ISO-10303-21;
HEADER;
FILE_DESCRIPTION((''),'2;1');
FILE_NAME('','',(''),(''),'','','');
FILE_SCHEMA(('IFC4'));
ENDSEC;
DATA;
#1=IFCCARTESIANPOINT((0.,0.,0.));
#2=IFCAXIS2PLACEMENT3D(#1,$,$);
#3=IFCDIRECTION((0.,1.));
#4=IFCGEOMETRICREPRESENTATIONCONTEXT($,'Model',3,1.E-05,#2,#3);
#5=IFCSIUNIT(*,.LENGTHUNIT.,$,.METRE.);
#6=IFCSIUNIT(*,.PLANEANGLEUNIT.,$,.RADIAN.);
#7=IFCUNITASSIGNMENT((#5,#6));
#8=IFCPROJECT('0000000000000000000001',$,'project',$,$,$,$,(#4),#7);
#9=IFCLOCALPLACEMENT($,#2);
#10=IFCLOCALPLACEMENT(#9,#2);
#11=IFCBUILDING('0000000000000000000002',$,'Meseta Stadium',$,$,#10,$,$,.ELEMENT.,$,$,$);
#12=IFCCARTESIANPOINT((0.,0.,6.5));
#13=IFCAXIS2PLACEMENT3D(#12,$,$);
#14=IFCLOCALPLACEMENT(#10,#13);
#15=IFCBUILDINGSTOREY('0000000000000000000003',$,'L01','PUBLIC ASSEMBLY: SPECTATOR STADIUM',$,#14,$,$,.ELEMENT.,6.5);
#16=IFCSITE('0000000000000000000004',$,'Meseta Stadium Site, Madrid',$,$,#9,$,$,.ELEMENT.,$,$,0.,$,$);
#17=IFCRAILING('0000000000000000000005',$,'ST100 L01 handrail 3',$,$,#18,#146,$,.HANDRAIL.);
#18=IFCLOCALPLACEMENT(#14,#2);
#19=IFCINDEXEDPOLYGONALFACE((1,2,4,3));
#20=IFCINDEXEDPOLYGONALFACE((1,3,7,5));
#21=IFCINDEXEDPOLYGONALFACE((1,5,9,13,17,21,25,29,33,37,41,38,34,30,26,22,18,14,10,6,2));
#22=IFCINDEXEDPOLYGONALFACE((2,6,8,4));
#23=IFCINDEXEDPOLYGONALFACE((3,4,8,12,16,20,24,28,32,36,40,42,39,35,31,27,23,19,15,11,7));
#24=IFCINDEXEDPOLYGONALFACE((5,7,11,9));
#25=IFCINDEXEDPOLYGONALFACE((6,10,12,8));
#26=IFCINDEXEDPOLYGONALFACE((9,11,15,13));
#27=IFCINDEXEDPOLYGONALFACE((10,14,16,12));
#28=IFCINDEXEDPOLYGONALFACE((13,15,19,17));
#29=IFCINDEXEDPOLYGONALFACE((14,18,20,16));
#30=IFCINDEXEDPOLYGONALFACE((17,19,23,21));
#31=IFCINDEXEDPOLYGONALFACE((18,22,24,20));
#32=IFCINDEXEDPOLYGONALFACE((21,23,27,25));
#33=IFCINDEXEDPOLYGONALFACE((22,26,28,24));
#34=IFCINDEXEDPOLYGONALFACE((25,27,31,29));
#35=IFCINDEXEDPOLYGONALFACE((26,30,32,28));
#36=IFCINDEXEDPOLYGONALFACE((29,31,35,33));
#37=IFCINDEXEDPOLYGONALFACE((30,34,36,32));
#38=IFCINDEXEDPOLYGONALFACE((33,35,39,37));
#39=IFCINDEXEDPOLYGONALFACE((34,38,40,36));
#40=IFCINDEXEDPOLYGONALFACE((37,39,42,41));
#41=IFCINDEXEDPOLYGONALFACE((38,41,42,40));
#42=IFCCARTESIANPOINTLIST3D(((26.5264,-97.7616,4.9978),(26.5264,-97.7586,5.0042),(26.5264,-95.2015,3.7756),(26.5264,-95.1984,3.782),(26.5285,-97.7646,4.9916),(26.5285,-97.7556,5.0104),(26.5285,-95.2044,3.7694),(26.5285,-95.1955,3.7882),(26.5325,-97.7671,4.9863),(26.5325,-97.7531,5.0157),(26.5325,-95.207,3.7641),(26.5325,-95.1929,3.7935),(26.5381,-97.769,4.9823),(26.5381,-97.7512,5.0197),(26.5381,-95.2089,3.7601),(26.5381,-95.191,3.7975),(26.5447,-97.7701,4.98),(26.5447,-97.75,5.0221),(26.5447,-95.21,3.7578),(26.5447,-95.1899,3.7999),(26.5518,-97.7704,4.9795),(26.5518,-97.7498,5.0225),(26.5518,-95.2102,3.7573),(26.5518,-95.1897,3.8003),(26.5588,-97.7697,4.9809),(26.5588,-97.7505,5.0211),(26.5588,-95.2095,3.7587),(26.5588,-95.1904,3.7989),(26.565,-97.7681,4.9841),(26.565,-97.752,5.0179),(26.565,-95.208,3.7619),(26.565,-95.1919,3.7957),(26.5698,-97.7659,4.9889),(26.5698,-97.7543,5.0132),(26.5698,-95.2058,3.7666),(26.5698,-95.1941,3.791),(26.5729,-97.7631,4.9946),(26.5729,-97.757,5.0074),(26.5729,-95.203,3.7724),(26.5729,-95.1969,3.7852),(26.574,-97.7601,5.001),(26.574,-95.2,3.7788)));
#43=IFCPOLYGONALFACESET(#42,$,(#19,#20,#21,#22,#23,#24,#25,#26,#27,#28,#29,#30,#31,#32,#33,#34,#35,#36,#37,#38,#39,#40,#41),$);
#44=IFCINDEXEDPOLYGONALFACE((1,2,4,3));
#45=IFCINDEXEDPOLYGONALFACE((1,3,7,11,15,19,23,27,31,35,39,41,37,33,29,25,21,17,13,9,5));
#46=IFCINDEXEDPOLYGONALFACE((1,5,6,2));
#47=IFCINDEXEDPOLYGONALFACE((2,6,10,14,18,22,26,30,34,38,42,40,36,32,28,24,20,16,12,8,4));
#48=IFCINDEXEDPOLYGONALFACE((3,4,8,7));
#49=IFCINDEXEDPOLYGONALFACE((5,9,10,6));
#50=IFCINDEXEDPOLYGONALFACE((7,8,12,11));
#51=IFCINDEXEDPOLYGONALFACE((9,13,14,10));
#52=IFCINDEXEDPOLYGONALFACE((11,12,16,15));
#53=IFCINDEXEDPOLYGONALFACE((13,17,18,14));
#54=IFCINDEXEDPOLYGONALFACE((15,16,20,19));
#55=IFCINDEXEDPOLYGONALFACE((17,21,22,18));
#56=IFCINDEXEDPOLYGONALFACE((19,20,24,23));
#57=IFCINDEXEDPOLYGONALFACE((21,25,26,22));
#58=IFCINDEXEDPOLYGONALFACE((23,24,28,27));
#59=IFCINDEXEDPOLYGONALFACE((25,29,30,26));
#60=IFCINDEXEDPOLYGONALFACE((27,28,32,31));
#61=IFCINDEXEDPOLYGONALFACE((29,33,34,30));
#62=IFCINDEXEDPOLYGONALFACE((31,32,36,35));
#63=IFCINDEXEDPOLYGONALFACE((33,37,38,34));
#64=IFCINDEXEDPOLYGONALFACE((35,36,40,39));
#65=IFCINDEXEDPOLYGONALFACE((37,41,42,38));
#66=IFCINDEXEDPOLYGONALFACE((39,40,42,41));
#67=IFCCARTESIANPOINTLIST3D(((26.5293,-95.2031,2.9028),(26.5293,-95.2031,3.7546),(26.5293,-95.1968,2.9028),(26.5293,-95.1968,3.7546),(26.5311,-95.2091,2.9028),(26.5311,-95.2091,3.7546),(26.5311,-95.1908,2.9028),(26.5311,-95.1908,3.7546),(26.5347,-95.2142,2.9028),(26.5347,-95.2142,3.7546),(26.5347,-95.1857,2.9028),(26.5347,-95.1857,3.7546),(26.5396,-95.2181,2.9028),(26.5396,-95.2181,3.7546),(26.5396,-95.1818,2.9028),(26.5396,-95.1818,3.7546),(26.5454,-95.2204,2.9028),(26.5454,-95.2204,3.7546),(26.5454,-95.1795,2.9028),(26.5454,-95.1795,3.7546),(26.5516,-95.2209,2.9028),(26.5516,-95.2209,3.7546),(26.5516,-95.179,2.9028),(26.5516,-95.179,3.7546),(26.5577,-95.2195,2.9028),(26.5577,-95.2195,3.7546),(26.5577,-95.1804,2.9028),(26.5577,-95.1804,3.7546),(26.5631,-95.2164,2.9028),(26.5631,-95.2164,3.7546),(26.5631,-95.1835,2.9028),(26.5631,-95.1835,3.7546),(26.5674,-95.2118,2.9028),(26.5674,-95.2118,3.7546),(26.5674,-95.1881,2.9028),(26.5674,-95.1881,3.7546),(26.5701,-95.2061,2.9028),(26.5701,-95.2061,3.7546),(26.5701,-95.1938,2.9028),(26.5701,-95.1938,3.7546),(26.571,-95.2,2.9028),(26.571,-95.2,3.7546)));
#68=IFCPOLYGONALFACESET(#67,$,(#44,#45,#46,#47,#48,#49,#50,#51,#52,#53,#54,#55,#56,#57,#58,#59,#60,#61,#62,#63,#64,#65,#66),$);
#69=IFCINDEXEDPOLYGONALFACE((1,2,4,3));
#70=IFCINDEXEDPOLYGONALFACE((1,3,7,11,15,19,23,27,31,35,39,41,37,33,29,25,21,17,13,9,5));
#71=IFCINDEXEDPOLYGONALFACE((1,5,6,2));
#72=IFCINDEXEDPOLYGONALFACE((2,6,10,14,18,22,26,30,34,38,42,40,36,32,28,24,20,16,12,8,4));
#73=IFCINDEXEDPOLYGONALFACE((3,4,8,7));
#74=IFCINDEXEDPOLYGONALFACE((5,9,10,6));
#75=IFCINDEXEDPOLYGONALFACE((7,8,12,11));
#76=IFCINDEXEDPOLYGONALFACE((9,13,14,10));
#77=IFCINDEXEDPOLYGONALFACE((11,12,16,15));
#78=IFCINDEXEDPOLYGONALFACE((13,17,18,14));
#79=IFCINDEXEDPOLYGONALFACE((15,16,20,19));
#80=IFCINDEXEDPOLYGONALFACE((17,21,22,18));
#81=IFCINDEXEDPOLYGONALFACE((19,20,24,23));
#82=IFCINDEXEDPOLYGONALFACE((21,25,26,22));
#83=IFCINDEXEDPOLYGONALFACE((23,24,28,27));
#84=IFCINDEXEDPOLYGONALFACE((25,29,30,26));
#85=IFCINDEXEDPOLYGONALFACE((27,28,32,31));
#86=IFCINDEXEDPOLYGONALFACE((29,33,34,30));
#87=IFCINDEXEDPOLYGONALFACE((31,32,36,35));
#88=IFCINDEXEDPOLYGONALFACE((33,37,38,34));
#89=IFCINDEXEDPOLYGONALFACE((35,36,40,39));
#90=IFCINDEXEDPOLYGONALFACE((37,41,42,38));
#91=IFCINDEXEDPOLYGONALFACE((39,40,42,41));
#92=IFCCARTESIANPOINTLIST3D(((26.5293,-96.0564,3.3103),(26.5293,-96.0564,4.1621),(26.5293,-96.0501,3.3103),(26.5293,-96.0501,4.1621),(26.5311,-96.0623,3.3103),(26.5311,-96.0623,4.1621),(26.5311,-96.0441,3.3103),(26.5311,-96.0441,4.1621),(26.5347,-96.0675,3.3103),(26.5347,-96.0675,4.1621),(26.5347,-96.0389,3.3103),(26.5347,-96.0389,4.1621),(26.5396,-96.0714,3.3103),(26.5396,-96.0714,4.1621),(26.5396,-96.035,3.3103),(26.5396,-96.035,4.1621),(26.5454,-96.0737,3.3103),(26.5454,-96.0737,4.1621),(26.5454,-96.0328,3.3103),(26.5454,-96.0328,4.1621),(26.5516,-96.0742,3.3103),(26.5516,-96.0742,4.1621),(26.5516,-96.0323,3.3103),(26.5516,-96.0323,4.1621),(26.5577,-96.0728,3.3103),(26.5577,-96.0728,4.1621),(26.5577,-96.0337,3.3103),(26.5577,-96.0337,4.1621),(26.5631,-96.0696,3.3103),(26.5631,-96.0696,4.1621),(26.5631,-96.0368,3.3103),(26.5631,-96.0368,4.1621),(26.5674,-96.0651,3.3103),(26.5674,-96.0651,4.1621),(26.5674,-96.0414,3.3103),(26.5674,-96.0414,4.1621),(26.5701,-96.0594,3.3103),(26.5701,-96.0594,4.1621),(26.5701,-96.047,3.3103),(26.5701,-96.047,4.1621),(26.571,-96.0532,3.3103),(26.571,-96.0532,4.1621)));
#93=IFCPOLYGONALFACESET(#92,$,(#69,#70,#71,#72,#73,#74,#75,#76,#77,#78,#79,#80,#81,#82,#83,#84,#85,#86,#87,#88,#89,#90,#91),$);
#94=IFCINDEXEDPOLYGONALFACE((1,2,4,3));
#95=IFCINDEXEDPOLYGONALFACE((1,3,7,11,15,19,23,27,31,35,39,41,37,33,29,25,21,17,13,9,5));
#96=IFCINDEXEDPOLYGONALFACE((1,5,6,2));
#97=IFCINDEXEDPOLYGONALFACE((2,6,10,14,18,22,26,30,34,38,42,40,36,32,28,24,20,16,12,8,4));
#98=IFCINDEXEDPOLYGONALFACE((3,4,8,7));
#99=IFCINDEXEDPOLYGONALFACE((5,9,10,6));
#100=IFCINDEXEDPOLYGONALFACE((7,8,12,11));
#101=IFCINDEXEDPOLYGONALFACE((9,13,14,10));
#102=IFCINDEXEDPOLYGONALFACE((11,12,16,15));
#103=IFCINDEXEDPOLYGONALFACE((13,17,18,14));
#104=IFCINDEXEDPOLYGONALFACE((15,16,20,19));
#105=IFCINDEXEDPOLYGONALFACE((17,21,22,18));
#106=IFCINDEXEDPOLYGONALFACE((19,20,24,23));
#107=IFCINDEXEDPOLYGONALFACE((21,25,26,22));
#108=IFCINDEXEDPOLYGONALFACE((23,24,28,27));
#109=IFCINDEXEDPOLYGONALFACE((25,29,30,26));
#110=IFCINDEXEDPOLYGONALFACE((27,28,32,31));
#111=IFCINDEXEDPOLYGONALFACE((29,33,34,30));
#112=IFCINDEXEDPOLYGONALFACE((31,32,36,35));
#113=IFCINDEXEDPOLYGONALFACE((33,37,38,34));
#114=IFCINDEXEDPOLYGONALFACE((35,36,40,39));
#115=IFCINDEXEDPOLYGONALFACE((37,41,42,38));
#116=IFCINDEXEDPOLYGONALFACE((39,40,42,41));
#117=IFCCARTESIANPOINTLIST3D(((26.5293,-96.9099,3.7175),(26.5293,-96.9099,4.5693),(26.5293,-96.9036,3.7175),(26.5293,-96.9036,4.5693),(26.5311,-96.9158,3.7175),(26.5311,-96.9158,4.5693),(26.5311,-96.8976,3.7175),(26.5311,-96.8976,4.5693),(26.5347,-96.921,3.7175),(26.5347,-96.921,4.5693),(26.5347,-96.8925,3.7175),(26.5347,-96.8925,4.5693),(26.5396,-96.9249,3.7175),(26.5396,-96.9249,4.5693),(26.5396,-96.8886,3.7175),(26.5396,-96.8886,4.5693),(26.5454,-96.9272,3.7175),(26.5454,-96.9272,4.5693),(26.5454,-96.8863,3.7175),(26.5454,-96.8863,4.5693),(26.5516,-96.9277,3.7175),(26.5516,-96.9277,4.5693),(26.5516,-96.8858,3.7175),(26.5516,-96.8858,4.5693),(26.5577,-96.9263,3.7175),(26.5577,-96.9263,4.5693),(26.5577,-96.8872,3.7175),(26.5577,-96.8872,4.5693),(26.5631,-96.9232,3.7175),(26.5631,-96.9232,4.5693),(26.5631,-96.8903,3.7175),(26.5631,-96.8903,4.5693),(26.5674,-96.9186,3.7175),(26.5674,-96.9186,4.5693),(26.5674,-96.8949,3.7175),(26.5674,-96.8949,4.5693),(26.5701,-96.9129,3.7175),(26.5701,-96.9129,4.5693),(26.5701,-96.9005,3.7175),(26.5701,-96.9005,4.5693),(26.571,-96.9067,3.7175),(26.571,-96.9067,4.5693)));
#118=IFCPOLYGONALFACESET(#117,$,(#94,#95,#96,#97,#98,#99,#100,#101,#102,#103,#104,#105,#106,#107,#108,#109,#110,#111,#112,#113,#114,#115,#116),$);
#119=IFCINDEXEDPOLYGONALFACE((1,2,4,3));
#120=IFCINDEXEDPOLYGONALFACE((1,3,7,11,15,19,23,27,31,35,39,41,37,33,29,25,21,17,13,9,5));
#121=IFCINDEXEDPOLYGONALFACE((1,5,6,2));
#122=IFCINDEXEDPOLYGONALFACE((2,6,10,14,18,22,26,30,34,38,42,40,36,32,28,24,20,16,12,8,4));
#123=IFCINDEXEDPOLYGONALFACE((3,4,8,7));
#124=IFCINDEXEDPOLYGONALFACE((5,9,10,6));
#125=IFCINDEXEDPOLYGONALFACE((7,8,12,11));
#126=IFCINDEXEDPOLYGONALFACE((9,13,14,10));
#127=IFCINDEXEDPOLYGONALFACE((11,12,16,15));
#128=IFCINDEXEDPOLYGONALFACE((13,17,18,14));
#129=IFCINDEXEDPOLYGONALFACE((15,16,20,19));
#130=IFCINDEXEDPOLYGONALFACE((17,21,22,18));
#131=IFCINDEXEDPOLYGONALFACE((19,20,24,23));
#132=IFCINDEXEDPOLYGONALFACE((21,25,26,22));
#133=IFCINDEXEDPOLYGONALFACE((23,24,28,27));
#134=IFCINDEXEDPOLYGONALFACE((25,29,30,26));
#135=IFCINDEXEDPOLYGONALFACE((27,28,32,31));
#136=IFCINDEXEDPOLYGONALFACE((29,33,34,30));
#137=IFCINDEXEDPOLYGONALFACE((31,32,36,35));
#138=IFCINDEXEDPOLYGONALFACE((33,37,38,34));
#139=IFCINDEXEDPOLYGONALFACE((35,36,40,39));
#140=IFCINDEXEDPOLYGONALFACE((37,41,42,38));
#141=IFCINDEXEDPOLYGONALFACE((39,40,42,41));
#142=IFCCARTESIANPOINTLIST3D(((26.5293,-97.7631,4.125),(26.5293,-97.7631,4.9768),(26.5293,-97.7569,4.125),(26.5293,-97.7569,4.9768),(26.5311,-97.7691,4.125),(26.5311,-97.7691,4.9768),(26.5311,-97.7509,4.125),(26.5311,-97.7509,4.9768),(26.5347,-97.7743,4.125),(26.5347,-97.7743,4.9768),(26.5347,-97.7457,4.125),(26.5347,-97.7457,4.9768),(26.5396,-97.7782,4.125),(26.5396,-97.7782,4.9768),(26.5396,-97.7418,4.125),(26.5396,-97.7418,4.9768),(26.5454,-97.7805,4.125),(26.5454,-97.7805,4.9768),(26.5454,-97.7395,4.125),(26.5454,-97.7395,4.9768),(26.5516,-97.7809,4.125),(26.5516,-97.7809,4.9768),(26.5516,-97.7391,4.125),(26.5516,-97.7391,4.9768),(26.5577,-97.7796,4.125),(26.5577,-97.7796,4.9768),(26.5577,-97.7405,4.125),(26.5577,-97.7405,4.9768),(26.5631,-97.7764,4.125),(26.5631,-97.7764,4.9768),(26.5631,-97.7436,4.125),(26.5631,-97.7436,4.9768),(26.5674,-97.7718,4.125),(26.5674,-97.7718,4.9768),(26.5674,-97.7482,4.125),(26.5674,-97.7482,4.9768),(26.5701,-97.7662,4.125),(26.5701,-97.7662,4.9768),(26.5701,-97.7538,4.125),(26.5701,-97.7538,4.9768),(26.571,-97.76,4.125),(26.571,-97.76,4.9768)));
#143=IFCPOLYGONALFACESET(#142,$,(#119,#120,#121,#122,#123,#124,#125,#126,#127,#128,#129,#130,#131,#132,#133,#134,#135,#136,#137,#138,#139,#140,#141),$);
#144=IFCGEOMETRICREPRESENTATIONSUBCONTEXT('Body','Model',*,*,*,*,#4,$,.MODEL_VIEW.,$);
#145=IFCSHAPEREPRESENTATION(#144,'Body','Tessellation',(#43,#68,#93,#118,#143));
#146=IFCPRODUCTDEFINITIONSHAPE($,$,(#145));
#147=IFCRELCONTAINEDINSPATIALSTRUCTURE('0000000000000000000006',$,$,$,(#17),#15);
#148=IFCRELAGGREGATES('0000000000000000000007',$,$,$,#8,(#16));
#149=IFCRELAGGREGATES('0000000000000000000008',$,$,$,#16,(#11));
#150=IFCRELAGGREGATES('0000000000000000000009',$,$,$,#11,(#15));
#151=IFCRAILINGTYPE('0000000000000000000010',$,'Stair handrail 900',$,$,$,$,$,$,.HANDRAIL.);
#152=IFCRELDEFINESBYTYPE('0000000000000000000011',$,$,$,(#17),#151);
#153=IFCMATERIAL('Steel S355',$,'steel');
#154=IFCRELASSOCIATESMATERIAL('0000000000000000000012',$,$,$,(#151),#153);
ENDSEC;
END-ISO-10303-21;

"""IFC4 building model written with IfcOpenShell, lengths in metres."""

from ifc_helpers import new_model, si_unit, direction, frame, origin, origin_2d, place, context, subcontext, project, spatial, circle, extrude, material, type_object, element, save


model = new_model("IFC4")

# Units and contexts
model_context = context("Model", 3, precision=1e-05, world=origin(), true_north=direction((0.0, 1.0)))
body_context = subcontext(model_context, "Body", "Model", "MODEL_VIEW")
ifc_project = project(units=[si_unit("LENGTHUNIT", "METRE"), si_unit("PLANEANGLEUNIT", "RADIAN")], contexts=[model_context])

# Site, building, storey
site_placement = place(None, origin())
site = spatial("IfcSite", under=ifc_project, at=site_placement, Name="Meseta Stadium Site, Madrid", CompositionType="ELEMENT", RefElevation=0.0)
building_placement = place(site_placement, origin())
building = spatial("IfcBuilding", under=site, at=building_placement, Name="Meseta Stadium", CompositionType="ELEMENT")
storey_placement = place(building_placement, frame((0.0, 0.0, 6.5)))
storey = spatial("IfcBuildingStorey", under=building, at=storey_placement, Name="L01", Description="PUBLIC ASSEMBLY: SPECTATOR STADIUM", CompositionType="ELEMENT", Elevation=6.5)

# Railing
ifc_material_1 = material(Name="Steel S355", Category="steel")
railing_type_1 = type_object("IfcRailingType", Name="Stair handrail 900", PredefinedType="HANDRAIL", material=ifc_material_1)
railing_1_placement = place(storey_placement, frame((26.55, -95.2, 2.9028)))
element("IfcRailing", 1, at=railing_1_placement, inside=storey, type_object=railing_type_1, Name="ST100 L01 handrail 3", PredefinedType="HANDRAIL", context=body_context, shape_type="SweptSolid", body=[
    extrude(circle(Radius=0.0239, at=origin_2d()), frame((0.0, 0.0, 0.876), z_axis=(0.0, -0.902437, 0.430822), x_axis=(1.0, 0.0, 0.0)), (0.0, 0.0, 1.0), 2.8369),
    extrude(circle(Radius=0.021, at=origin_2d()), origin(), (0.0, 0.0, 1.0), 0.8518),
    extrude(circle(Radius=0.021, at=origin_2d()), frame((0.0, -0.8533, 0.4075)), (0.0, 0.0, 1.0), 0.8518),
    extrude(circle(Radius=0.021, at=origin_2d()), frame((0.0, -1.7068, 0.8147)), (0.0, 0.0, 1.0), 0.8518),
    extrude(circle(Radius=0.021, at=origin_2d()), frame((0.0, -2.5601, 1.2222)), (0.0, 0.0, 1.0), 0.8518),
])

save(model, "model.ifc")
